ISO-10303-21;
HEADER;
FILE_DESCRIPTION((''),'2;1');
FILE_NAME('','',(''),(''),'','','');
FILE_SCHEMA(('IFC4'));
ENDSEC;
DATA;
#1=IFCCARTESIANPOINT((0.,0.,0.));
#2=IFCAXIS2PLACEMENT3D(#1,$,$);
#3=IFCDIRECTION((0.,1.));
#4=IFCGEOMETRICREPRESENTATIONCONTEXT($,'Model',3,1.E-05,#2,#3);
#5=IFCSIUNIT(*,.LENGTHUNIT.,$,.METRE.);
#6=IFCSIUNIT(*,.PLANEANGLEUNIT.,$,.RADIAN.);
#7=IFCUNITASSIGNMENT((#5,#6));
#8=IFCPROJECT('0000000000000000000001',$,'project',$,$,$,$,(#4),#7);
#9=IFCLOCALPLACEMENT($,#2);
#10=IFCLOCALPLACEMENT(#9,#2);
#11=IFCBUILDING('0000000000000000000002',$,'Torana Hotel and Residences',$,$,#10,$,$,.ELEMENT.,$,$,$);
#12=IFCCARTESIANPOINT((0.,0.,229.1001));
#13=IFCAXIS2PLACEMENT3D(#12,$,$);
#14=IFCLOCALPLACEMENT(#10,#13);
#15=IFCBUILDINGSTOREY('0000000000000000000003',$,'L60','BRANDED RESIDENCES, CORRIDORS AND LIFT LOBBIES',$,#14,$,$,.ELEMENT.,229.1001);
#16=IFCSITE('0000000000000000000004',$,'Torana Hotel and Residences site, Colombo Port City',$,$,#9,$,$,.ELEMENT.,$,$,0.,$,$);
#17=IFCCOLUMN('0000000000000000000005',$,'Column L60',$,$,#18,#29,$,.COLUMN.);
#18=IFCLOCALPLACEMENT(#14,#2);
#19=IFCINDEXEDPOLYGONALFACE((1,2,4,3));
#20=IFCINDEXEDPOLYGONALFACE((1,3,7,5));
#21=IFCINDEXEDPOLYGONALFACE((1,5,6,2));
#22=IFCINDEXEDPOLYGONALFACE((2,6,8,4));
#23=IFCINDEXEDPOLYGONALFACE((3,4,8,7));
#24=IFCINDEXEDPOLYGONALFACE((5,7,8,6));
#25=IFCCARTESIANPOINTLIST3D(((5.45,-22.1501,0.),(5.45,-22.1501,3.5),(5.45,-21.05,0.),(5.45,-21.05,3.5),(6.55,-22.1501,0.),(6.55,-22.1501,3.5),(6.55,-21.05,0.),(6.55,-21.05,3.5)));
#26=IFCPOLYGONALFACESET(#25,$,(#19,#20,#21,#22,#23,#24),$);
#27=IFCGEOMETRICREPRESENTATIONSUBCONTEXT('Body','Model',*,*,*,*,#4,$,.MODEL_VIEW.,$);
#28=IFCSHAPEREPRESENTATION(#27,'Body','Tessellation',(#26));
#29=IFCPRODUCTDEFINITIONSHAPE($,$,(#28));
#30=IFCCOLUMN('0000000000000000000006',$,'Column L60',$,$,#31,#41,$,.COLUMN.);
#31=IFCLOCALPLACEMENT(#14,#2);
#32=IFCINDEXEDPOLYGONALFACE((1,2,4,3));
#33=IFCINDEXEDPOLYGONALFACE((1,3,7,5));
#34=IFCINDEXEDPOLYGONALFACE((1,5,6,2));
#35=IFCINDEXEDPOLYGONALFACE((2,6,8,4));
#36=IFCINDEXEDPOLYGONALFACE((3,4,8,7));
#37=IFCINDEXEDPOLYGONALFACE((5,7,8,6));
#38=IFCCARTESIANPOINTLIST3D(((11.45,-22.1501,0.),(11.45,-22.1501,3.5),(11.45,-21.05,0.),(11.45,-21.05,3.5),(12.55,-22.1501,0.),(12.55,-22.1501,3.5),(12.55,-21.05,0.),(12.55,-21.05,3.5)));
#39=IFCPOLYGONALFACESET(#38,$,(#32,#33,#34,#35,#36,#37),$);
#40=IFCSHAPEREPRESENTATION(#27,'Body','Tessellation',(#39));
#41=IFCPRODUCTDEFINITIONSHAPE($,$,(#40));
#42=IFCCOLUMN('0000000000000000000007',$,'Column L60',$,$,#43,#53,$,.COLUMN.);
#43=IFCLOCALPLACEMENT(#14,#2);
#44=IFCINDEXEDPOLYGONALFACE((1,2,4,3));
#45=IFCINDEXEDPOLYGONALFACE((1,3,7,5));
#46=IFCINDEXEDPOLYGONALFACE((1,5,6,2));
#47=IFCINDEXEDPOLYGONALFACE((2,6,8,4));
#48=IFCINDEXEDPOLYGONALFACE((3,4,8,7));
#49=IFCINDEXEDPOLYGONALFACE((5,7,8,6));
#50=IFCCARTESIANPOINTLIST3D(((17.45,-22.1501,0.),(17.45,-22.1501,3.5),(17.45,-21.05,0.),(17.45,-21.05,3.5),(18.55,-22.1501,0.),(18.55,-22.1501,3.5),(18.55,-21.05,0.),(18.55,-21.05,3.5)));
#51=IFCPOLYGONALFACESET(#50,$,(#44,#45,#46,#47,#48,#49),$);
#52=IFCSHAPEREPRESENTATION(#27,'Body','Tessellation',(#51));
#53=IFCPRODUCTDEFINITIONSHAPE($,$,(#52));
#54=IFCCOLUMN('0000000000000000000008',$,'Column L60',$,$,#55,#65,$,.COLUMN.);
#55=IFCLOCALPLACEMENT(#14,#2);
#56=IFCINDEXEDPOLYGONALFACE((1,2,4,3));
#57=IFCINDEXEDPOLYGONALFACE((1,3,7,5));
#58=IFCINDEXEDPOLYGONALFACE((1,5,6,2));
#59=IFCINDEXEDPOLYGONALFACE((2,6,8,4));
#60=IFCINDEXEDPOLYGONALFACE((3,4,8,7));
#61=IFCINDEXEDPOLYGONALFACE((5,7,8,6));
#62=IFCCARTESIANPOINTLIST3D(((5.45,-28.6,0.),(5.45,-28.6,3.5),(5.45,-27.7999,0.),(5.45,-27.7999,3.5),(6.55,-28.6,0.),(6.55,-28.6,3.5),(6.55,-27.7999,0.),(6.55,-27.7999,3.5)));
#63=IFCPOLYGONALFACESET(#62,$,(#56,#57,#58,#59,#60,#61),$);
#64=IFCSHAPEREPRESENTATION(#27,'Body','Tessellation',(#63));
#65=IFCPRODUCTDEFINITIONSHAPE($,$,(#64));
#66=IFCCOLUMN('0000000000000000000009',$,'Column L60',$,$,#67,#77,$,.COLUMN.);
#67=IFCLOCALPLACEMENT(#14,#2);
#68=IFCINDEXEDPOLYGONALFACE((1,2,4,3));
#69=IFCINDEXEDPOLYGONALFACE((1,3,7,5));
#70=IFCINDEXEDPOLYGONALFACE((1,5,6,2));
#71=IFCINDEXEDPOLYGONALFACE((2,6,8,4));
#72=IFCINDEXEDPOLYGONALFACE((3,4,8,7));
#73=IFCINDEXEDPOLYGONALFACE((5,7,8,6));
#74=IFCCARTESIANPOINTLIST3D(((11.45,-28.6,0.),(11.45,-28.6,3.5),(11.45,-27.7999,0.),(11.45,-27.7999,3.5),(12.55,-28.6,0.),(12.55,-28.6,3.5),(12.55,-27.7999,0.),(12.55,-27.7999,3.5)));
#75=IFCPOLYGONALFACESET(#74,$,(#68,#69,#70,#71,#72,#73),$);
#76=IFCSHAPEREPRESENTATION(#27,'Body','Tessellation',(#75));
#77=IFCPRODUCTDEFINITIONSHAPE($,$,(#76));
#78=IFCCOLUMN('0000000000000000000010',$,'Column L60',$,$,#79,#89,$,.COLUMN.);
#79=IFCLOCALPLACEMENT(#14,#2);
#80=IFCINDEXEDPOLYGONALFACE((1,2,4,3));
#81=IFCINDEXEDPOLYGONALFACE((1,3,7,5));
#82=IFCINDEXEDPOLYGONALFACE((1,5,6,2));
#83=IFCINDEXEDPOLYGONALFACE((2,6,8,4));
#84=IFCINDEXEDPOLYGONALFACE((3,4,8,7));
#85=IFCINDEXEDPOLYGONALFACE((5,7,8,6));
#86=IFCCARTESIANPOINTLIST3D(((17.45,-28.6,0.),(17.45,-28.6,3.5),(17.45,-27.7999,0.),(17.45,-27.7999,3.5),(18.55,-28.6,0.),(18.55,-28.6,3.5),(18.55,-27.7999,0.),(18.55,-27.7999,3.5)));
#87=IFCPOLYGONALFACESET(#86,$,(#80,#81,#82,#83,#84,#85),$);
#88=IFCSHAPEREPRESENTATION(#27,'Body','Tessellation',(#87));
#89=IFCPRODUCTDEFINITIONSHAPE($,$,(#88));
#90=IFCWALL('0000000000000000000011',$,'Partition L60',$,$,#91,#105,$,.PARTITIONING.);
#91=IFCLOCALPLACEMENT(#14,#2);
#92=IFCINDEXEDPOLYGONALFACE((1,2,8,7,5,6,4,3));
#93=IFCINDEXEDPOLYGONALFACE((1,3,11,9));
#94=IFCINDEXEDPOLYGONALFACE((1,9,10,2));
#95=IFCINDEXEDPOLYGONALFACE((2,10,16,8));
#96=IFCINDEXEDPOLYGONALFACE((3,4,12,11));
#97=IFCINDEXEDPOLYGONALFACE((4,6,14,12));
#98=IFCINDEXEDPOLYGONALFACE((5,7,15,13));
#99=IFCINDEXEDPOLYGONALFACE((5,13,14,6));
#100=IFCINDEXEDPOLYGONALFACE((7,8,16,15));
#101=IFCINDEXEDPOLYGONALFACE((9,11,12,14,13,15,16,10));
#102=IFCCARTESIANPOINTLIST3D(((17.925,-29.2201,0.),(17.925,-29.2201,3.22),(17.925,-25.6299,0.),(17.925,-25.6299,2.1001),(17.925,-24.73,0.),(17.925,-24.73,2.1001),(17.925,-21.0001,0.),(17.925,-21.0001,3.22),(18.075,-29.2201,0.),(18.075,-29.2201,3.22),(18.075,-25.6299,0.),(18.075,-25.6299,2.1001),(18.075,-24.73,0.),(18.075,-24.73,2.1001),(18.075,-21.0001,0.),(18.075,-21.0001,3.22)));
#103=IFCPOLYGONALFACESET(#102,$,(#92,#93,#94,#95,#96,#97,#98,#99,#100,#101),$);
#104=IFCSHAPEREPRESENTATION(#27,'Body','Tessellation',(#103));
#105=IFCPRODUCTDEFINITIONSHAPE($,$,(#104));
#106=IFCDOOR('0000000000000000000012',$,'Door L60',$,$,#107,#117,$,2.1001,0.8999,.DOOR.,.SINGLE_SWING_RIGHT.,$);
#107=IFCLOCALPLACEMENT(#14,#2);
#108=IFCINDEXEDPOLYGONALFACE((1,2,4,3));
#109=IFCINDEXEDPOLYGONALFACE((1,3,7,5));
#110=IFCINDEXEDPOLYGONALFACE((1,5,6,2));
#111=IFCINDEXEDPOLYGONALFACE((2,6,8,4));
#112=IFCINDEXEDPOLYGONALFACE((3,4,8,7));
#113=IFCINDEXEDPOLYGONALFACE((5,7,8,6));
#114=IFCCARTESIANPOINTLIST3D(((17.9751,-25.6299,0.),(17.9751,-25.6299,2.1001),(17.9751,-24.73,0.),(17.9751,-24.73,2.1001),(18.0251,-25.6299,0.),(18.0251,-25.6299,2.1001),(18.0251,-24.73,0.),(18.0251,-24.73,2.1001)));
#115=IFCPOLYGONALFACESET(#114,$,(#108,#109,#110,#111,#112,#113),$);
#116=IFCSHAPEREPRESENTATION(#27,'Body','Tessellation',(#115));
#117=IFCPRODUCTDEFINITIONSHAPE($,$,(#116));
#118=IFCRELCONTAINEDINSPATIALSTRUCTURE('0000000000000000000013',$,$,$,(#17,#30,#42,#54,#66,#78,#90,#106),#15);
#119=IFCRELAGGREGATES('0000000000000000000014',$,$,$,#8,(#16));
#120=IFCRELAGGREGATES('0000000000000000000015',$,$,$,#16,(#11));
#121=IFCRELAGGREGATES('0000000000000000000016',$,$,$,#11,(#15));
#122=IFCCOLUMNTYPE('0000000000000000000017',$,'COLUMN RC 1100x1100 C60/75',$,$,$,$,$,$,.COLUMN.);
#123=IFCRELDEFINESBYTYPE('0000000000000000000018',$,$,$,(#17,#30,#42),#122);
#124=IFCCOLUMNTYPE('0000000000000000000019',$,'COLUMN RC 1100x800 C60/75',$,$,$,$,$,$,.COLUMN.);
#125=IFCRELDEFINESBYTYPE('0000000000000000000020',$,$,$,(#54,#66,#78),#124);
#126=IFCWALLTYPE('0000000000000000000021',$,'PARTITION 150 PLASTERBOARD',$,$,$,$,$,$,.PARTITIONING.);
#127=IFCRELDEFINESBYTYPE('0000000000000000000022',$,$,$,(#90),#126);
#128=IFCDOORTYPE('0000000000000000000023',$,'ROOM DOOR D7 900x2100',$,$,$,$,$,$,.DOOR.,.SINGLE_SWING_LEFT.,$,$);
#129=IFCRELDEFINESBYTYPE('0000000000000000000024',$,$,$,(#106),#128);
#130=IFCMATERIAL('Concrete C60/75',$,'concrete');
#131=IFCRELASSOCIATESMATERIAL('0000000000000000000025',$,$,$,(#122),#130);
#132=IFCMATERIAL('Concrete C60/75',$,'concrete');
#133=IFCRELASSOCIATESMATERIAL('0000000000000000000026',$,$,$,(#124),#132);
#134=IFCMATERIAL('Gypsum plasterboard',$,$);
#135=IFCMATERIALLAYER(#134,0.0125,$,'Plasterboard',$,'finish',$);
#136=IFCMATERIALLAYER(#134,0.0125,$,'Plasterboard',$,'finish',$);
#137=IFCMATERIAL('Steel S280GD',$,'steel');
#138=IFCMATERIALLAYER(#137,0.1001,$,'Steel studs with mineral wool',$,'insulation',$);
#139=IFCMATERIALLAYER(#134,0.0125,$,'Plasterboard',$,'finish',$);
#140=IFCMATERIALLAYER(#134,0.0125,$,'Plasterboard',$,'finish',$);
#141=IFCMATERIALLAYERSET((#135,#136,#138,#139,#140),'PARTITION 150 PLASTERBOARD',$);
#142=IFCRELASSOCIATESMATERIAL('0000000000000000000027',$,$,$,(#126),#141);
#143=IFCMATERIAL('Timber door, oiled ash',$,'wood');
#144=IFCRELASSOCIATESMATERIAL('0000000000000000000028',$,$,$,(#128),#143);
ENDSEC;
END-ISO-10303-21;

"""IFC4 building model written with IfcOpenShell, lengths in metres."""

from ifc_helpers import new_model, si_unit, direction, frame, frame_2d, origin, origin_2d, place, context, subcontext, project, spatial, rectangle, extrude, material, layer, layer_set, material_profile, profile_set, type_object, element, fill, save


model = new_model("IFC4")

# Units and contexts
model_context = context("Model", 3, precision=1e-05, world=origin(), true_north=direction((0.0, 1.0)))
body_context = subcontext(model_context, "Body", "Model", "MODEL_VIEW")
ifc_project = project(units=[si_unit("LENGTHUNIT", "METRE"), si_unit("PLANEANGLEUNIT", "RADIAN")], contexts=[model_context])

# Site, building, storey
site_placement = place(None, origin())
site = spatial("IfcSite", under=ifc_project, at=site_placement, Name="Torana Hotel and Residences site, Colombo Port City", CompositionType="ELEMENT", RefElevation=0.0)
building_placement = place(site_placement, origin())
building = spatial("IfcBuilding", under=site, at=building_placement, Name="Torana Hotel and Residences", CompositionType="ELEMENT")
storey_placement = place(building_placement, frame((0.0, 0.0, 229.1001)))
storey = spatial("IfcBuildingStorey", under=building, at=storey_placement, Name="L60", Description="BRANDED RESIDENCES, CORRIDORS AND LIFT LOBBIES", CompositionType="ELEMENT", Elevation=229.1001)

# Columns
ifc_material_1 = material(Name="Concrete C60/75", Category="concrete")
ifc_material_profile_1 = material_profile(ifc_material_1, rectangle(XDim=1.1001, YDim=1.1001, at=origin_2d()), Name="RC 1100x1100")
ifc_profile_set_1 = profile_set([ifc_material_profile_1], Name="Concrete C60/75")
column_type_1 = type_object("IfcColumnType", Name="COLUMN RC 1100x1100 C60/75", PredefinedType="COLUMN", material=ifc_profile_set_1)
for number, where, z_axis, x_axis, name in (
    (1, (6.0, -21.6001, 0.0), (0.0, 0.0, 1.0), (1.0, 0.0, 0.0), "Column L60"),
    (2, (12.0, -21.6001, 0.0), (0.0, 0.0, 1.0), (1.0, 0.0, 0.0), "Column L60"),
    (3, (18.0, -21.6001, 0.0), (0.0, 0.0, 1.0), (1.0, 0.0, 0.0), "Column L60"),
):
    element("IfcColumn", number, at=place(storey_placement, frame(where, z_axis=z_axis, x_axis=x_axis)), inside=storey, type_object=column_type_1, Name=name, PredefinedType="COLUMN", context=body_context, shape_type="SweptSolid", body=[
        extrude(rectangle(XDim=1.1001, YDim=1.1001, at=origin_2d()), origin(), (0.0, 0.0, 1.0), 3.5),
    ])
ifc_material_2 = material(Name="Concrete C60/75", Category="concrete")
ifc_material_profile_2 = material_profile(ifc_material_2, rectangle(XDim=1.1001, YDim=0.8, at=origin_2d()), Name="RC 1100x800")
ifc_profile_set_2 = profile_set([ifc_material_profile_2], Name="Concrete C60/75")
column_type_2 = type_object("IfcColumnType", Name="COLUMN RC 1100x800 C60/75", PredefinedType="COLUMN", material=ifc_profile_set_2)
for number, where, z_axis, x_axis, name in (
    (4, (6.0, -28.2, 0.0), (0.0, 0.0, 1.0), (1.0, 0.0, 0.0), "Column L60"),
    (5, (12.0, -28.2, 0.0), (0.0, 0.0, 1.0), (1.0, 0.0, 0.0), "Column L60"),
    (6, (18.0, -28.2, 0.0), (0.0, 0.0, 1.0), (1.0, 0.0, 0.0), "Column L60"),
):
    element("IfcColumn", number, at=place(storey_placement, frame(where, z_axis=z_axis, x_axis=x_axis)), inside=storey, type_object=column_type_2, Name=name, PredefinedType="COLUMN", context=body_context, shape_type="SweptSolid", body=[
        extrude(rectangle(XDim=1.1001, YDim=0.8, at=origin_2d()), origin(), (0.0, 0.0, 1.0), 3.5),
    ])

# Wall, opening, door
ifc_material_3 = material(Name="Gypsum plasterboard")
ifc_layer_1 = layer(ifc_material_3, 0.0125, Name="Plasterboard", Category="finish")
ifc_layer_2 = layer(ifc_material_3, 0.0125, Name="Plasterboard", Category="finish")
ifc_material_4 = material(Name="Steel S280GD", Category="steel")
ifc_layer_3 = layer(ifc_material_4, 0.1001, Name="Steel studs with mineral wool", Category="insulation")
ifc_layer_4 = layer(ifc_material_3, 0.0125, Name="Plasterboard", Category="finish")
ifc_layer_5 = layer(ifc_material_3, 0.0125, Name="Plasterboard", Category="finish")
ifc_layer_set = layer_set([ifc_layer_1, ifc_layer_2, ifc_layer_3, ifc_layer_4, ifc_layer_5], Name="PARTITION 150 PLASTERBOARD")
wall_type = type_object("IfcWallType", Name="PARTITION 150 PLASTERBOARD", PredefinedType="PARTITIONING", material=ifc_layer_set)
wall_placement = place(storey_placement, frame((18.0, -29.22, 0.0), z_axis=(0.0, 0.0, 1.0), x_axis=(0.0, 1.0, 0.0)))
wall = element("IfcWall", 7, at=wall_placement, inside=storey, type_object=wall_type, Name="Partition L60", PredefinedType="PARTITIONING", context=body_context, shape_type="SweptSolid", body=[
    extrude(rectangle(XDim=8.22, YDim=0.1499, at=frame_2d((4.1099, 0.0))), origin(), (0.0, 0.0, 1.0), 3.22),
])
opening_placement = place(wall_placement, frame((3.5901, 0.0, 0.0)))
opening = element("IfcOpeningElement", 8, at=opening_placement, cuts=wall, PredefinedType="OPENING", context=body_context, shape_type="SweptSolid", body=[
    extrude(rectangle(XDim=0.8999, YDim=2.1001, at=frame_2d((0.45, 1.05))), frame((0.0, 0.085, 0.0), z_axis=(0.0, -1.0, 0.0), x_axis=(1.0, 0.0, 0.0)), (0.0, 0.0, 1.0), 0.1699),
])
ifc_material_5 = material(Name="Timber door, oiled ash", Category="wood")
door_type = type_object("IfcDoorType", Name="ROOM DOOR D7 900x2100", OperationType="SINGLE_SWING_LEFT", PredefinedType="DOOR", material=ifc_material_5)
door_placement = place(opening_placement, origin())
door = element("IfcDoor", 9, at=door_placement, inside=storey, type_object=door_type, Name="Door L60", OperationType="SINGLE_SWING_RIGHT", OverallHeight=2.1001, OverallWidth=0.8999, PredefinedType="DOOR", context=body_context, shape_type="SweptSolid", body=[
    extrude(rectangle(XDim=0.8999, YDim=2.1001, at=frame_2d((0.45, 1.05))), frame((0.0, 0.0249, 0.0), z_axis=(0.0, -1.0, 0.0), x_axis=(1.0, 0.0, 0.0)), (0.0, 0.0, 1.0), 0.05),
])
fill(opening, door)

save(model, "model.ifc")
